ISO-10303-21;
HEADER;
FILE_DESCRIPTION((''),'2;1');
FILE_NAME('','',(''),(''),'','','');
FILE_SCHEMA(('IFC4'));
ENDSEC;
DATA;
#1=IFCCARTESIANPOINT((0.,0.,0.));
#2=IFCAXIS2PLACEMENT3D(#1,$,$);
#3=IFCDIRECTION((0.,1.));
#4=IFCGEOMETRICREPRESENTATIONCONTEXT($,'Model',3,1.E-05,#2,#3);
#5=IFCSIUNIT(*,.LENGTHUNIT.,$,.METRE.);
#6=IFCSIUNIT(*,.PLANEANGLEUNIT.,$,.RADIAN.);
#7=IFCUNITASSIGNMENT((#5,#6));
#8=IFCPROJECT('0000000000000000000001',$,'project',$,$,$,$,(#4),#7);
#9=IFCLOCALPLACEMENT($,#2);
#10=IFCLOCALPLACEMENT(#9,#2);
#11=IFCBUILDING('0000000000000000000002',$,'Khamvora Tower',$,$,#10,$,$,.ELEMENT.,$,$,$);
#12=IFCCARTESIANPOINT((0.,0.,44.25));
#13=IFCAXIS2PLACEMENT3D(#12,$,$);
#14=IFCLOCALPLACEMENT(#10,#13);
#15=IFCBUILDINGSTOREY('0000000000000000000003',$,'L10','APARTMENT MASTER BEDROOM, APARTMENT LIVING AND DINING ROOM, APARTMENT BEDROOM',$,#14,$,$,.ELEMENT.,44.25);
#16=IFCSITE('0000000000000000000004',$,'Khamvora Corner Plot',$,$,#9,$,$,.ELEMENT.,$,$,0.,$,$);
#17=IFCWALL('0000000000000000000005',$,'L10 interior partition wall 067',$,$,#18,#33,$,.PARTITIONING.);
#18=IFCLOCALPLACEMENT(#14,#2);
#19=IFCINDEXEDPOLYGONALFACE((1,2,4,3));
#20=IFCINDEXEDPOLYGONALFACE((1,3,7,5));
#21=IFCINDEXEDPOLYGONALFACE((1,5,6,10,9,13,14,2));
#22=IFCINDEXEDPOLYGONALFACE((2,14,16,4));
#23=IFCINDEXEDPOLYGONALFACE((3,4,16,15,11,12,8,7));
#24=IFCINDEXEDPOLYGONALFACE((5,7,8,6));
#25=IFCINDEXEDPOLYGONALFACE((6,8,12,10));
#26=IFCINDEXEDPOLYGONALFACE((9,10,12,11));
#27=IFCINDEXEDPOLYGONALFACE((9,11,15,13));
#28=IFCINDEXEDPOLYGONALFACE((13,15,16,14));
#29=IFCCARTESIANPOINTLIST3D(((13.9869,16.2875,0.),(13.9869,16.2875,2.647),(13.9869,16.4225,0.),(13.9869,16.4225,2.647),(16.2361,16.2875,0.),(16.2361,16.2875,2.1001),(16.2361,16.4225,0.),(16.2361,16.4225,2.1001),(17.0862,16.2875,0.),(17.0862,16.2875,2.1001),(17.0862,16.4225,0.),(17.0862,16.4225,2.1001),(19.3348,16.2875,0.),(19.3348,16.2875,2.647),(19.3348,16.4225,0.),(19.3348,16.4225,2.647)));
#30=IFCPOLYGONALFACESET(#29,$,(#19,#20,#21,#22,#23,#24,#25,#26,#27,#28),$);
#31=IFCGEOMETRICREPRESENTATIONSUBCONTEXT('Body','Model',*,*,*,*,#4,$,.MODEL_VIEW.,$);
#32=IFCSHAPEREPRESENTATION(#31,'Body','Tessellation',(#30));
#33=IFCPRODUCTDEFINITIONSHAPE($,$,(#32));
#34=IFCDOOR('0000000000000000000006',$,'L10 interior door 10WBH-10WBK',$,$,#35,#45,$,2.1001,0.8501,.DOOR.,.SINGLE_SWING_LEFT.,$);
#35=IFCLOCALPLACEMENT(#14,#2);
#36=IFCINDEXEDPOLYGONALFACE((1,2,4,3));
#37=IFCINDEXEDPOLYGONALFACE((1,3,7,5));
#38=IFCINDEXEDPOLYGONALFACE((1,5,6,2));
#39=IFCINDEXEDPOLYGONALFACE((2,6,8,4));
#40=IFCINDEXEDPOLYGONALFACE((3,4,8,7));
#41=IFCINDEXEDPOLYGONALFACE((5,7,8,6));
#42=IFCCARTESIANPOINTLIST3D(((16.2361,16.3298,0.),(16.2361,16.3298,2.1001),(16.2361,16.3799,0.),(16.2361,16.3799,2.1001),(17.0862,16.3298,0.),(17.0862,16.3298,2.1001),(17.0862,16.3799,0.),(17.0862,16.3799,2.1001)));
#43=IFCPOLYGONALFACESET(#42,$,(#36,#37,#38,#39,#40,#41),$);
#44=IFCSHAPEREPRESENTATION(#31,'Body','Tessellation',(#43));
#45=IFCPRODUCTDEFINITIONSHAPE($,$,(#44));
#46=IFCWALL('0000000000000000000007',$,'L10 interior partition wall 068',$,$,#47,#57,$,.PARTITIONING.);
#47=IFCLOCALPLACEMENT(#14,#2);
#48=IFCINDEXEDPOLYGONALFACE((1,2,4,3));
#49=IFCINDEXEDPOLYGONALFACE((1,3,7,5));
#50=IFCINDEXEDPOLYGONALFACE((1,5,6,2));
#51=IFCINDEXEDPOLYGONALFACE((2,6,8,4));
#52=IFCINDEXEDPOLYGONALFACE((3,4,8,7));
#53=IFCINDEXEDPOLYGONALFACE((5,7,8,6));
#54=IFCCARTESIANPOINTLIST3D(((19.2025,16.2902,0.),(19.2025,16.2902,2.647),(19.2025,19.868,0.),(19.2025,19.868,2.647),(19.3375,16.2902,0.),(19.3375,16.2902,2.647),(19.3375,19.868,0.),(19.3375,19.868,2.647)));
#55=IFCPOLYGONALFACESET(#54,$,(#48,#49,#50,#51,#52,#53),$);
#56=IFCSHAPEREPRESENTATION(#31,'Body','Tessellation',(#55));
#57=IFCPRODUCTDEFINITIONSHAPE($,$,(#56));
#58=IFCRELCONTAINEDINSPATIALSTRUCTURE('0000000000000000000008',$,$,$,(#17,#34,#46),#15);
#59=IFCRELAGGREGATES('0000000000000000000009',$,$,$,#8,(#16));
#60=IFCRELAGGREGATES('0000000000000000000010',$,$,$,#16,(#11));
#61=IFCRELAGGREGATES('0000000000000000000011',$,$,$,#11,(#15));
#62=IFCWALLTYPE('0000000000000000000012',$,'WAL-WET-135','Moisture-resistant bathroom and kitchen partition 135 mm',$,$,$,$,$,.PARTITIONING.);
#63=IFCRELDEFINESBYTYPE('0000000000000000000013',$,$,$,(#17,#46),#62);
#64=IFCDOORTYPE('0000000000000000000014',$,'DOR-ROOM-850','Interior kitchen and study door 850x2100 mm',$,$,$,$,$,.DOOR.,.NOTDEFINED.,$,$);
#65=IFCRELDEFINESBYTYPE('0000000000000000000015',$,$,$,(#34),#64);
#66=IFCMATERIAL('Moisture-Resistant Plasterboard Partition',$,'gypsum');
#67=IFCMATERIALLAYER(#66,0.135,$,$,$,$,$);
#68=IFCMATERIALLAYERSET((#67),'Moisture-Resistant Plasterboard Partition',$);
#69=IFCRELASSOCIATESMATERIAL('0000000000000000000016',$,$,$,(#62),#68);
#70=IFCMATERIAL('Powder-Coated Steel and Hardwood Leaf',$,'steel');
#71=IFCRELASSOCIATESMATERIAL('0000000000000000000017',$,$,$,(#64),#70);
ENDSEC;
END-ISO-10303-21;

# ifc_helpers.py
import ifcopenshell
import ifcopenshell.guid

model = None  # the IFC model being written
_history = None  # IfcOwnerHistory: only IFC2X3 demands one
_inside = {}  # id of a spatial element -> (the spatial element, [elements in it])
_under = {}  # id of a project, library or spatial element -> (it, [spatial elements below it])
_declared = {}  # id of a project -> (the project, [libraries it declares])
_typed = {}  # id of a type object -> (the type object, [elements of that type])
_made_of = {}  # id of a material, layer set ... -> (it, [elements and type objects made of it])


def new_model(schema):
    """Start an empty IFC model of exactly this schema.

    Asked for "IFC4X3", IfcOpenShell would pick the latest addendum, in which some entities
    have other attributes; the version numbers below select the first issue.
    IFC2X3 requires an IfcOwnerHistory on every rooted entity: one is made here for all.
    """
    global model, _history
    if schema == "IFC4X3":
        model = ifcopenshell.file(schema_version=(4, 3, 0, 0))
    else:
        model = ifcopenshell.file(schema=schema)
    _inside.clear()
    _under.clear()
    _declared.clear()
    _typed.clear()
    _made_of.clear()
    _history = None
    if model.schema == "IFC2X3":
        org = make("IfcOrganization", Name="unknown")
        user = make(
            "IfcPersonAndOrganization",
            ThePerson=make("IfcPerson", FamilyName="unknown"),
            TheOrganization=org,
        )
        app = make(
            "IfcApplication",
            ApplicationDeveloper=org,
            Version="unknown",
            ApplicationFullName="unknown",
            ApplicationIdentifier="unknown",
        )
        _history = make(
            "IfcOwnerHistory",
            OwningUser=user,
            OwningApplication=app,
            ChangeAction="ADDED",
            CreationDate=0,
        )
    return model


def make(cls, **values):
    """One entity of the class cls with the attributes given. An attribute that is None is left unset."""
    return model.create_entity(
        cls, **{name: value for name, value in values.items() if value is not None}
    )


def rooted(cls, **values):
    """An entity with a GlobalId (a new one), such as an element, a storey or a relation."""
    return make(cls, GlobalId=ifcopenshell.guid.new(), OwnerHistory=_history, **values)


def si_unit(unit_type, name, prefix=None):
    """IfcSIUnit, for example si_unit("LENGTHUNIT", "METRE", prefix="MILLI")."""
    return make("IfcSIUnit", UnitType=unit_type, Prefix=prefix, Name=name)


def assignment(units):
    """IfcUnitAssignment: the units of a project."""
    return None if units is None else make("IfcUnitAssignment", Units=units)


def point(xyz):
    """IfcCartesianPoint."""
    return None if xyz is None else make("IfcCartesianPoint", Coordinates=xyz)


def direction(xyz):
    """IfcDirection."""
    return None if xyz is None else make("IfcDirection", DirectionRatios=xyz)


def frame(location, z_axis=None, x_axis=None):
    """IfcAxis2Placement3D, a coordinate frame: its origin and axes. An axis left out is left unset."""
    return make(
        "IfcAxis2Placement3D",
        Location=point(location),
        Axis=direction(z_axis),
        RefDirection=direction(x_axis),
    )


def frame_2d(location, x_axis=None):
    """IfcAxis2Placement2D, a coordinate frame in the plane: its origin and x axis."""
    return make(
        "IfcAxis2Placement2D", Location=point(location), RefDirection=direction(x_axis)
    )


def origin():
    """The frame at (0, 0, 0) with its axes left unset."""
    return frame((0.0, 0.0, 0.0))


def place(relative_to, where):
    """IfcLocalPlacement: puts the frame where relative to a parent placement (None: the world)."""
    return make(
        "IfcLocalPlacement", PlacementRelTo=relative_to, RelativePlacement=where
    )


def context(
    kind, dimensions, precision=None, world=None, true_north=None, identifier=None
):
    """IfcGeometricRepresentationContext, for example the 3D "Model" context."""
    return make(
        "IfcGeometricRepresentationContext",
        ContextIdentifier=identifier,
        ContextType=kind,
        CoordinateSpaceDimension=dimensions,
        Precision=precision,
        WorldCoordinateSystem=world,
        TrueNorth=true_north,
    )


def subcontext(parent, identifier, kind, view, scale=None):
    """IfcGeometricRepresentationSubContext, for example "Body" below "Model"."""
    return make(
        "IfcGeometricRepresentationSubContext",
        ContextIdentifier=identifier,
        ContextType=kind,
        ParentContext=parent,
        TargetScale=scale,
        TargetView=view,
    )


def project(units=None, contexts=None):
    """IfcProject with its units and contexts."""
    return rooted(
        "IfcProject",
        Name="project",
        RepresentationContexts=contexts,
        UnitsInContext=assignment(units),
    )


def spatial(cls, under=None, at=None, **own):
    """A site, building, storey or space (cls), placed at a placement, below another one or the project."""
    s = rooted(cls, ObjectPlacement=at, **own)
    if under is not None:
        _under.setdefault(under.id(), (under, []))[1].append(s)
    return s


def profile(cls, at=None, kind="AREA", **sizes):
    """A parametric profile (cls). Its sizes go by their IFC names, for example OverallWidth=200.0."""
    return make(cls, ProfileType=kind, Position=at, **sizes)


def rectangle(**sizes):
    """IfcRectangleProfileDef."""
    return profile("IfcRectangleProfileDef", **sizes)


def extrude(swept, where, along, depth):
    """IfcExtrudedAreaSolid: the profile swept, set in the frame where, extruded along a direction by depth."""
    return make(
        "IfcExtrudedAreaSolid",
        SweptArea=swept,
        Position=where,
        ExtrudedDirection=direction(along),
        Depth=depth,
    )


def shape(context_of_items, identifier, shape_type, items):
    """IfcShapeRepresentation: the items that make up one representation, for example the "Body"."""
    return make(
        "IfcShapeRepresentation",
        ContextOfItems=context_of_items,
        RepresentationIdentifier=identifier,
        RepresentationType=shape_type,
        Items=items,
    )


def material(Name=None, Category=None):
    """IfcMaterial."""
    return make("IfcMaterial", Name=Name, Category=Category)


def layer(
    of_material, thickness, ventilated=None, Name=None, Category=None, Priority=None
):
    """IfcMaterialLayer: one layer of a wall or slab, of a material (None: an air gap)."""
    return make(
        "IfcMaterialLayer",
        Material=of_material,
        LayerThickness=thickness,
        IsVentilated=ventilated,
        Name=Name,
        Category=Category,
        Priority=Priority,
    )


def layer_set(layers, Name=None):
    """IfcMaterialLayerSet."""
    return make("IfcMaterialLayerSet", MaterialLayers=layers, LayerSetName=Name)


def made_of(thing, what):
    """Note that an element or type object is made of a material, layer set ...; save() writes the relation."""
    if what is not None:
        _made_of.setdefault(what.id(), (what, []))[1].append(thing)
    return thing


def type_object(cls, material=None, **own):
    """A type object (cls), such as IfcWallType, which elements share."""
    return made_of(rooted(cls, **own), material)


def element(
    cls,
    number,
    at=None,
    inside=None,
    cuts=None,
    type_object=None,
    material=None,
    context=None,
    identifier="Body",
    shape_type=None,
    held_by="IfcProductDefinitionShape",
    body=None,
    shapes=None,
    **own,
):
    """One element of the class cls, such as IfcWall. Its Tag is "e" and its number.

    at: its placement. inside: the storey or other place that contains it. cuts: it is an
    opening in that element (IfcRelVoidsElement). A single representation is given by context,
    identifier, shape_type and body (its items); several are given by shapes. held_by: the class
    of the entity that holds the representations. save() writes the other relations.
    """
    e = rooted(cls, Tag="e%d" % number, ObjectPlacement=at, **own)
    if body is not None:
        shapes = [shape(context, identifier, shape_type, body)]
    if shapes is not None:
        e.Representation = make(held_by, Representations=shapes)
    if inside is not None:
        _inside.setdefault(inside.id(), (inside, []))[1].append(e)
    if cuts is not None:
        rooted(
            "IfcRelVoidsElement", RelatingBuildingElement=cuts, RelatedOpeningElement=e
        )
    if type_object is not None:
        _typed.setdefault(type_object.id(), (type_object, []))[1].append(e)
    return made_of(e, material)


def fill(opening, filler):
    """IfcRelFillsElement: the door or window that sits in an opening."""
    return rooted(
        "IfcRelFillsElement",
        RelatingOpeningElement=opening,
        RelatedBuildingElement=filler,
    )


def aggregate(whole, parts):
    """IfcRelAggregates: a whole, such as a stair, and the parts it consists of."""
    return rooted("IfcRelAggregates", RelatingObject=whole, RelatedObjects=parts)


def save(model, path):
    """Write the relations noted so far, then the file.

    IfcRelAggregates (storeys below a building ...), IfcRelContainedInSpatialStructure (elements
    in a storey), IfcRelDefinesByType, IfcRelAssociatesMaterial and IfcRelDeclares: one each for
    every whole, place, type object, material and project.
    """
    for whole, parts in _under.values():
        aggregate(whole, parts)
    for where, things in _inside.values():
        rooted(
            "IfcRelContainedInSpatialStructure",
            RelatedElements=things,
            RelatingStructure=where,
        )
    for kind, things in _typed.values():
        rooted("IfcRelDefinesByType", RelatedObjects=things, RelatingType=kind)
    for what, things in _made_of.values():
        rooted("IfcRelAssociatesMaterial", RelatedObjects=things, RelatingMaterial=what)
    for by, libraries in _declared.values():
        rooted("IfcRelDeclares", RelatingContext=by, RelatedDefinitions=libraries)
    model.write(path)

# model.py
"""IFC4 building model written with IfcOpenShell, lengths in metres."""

from ifc_helpers import new_model, si_unit, direction, frame, frame_2d, origin, place, context, subcontext, project, spatial, rectangle, extrude, material, layer, layer_set, type_object, element, fill, save


model = new_model("IFC4")

# Units and contexts
model_context = context("Model", 3, precision=1e-05, world=origin(), true_north=direction((0.0, 1.0)))
body_context = subcontext(model_context, "Body", "Model", "MODEL_VIEW")
ifc_project = project(units=[si_unit("LENGTHUNIT", "METRE"), si_unit("PLANEANGLEUNIT", "RADIAN")], contexts=[model_context])

# Site, building, storey
site_placement = place(None, origin())
site = spatial("IfcSite", under=ifc_project, at=site_placement, Name="Khamvora Corner Plot", CompositionType="ELEMENT", RefElevation=0.0)
building_placement = place(site_placement, origin())
building = spatial("IfcBuilding", under=site, at=building_placement, Name="Khamvora Tower", CompositionType="ELEMENT")
storey_placement = place(building_placement, frame((0.0, 0.0, 44.25)))
storey = spatial("IfcBuildingStorey", under=building, at=storey_placement, Name="L10", Description="APARTMENT MASTER BEDROOM, APARTMENT LIVING AND DINING ROOM, APARTMENT BEDROOM", CompositionType="ELEMENT", Elevation=44.25)

# Shared definitions
ifc_material_1 = material(Name="Powder-Coated Steel and Hardwood Leaf", Category="steel")

# Wall, opening, door
ifc_material_2 = material(Name="Moisture-Resistant Plasterboard Partition", Category="gypsum")
ifc_layer_1 = layer(ifc_material_2, 0.135)
ifc_layer_set_1 = layer_set([ifc_layer_1], Name="Moisture-Resistant Plasterboard Partition")
wall_type_1 = type_object("IfcWallType", Name="WAL-WET-135", Description="Moisture-resistant bathroom and kitchen partition 135 mm", PredefinedType="PARTITIONING", material=ifc_layer_set_1)
wall_1_placement = place(storey_placement, frame((13.9871, 16.355, 0.0), z_axis=(0.0, 0.0, 1.0), x_axis=(1.0, 0.0, 0.0)))
wall_1 = element("IfcWall", 1, at=wall_1_placement, inside=storey, type_object=wall_type_1, Name="L10 interior partition wall 067", PredefinedType="PARTITIONING", context=body_context, shape_type="SweptSolid", body=[
    extrude(rectangle(XDim=5.3479, YDim=0.135, at=frame_2d((2.6738, 0.0))), origin(), (0.0, 0.0, 1.0), 2.647),
])
opening_1_placement = place(wall_1_placement, frame((2.249, 0.0, 0.0)))
opening_1 = element("IfcOpeningElement", 2, at=opening_1_placement, cuts=wall_1, PredefinedType="OPENING", context=body_context, shape_type="SweptSolid", body=[
    extrude(rectangle(XDim=0.8501, YDim=2.1001, at=frame_2d((0.425, 1.05))), frame((0.0, 0.0774, 0.0), z_axis=(0.0, -1.0, 0.0), x_axis=(1.0, 0.0, 0.0)), (0.0, 0.0, 1.0), 0.155),
])
door_type_1 = type_object("IfcDoorType", Name="DOR-ROOM-850", Description="Interior kitchen and study door 850x2100 mm", OperationType="NOTDEFINED", PredefinedType="DOOR", material=ifc_material_1)
door_1_placement = place(opening_1_placement, origin())
door_1 = element("IfcDoor", 3, at=door_1_placement, inside=storey, type_object=door_type_1, Name="L10 interior door 10WBH-10WBK", OperationType="SINGLE_SWING_LEFT", OverallHeight=2.1001, OverallWidth=0.8501, PredefinedType="DOOR", context=body_context, shape_type="SweptSolid", body=[
    extrude(rectangle(XDim=0.8501, YDim=2.1001, at=frame_2d((0.425, 1.05))), frame((0.0, 0.0249, 0.0), z_axis=(0.0, -1.0, 0.0), x_axis=(1.0, 0.0, 0.0)), (0.0, 0.0, 1.0), 0.05),
])
fill(opening_1, door_1)

# Wall
wall_2_placement = place(storey_placement, frame((19.27, 16.29, 0.0), z_axis=(0.0, 0.0, 1.0), x_axis=(0.0, 1.0, 0.0)))
element("IfcWall", 4, at=wall_2_placement, inside=storey, type_object=wall_type_1, Name="L10 interior partition wall 068", PredefinedType="PARTITIONING", context=body_context, shape_type="SweptSolid", body=[
    extrude(rectangle(XDim=3.5779, YDim=0.135, at=frame_2d((1.7891, 0.0))), origin(), (0.0, 0.0, 1.0), 2.647),
])

save(model, "model.ifc")
